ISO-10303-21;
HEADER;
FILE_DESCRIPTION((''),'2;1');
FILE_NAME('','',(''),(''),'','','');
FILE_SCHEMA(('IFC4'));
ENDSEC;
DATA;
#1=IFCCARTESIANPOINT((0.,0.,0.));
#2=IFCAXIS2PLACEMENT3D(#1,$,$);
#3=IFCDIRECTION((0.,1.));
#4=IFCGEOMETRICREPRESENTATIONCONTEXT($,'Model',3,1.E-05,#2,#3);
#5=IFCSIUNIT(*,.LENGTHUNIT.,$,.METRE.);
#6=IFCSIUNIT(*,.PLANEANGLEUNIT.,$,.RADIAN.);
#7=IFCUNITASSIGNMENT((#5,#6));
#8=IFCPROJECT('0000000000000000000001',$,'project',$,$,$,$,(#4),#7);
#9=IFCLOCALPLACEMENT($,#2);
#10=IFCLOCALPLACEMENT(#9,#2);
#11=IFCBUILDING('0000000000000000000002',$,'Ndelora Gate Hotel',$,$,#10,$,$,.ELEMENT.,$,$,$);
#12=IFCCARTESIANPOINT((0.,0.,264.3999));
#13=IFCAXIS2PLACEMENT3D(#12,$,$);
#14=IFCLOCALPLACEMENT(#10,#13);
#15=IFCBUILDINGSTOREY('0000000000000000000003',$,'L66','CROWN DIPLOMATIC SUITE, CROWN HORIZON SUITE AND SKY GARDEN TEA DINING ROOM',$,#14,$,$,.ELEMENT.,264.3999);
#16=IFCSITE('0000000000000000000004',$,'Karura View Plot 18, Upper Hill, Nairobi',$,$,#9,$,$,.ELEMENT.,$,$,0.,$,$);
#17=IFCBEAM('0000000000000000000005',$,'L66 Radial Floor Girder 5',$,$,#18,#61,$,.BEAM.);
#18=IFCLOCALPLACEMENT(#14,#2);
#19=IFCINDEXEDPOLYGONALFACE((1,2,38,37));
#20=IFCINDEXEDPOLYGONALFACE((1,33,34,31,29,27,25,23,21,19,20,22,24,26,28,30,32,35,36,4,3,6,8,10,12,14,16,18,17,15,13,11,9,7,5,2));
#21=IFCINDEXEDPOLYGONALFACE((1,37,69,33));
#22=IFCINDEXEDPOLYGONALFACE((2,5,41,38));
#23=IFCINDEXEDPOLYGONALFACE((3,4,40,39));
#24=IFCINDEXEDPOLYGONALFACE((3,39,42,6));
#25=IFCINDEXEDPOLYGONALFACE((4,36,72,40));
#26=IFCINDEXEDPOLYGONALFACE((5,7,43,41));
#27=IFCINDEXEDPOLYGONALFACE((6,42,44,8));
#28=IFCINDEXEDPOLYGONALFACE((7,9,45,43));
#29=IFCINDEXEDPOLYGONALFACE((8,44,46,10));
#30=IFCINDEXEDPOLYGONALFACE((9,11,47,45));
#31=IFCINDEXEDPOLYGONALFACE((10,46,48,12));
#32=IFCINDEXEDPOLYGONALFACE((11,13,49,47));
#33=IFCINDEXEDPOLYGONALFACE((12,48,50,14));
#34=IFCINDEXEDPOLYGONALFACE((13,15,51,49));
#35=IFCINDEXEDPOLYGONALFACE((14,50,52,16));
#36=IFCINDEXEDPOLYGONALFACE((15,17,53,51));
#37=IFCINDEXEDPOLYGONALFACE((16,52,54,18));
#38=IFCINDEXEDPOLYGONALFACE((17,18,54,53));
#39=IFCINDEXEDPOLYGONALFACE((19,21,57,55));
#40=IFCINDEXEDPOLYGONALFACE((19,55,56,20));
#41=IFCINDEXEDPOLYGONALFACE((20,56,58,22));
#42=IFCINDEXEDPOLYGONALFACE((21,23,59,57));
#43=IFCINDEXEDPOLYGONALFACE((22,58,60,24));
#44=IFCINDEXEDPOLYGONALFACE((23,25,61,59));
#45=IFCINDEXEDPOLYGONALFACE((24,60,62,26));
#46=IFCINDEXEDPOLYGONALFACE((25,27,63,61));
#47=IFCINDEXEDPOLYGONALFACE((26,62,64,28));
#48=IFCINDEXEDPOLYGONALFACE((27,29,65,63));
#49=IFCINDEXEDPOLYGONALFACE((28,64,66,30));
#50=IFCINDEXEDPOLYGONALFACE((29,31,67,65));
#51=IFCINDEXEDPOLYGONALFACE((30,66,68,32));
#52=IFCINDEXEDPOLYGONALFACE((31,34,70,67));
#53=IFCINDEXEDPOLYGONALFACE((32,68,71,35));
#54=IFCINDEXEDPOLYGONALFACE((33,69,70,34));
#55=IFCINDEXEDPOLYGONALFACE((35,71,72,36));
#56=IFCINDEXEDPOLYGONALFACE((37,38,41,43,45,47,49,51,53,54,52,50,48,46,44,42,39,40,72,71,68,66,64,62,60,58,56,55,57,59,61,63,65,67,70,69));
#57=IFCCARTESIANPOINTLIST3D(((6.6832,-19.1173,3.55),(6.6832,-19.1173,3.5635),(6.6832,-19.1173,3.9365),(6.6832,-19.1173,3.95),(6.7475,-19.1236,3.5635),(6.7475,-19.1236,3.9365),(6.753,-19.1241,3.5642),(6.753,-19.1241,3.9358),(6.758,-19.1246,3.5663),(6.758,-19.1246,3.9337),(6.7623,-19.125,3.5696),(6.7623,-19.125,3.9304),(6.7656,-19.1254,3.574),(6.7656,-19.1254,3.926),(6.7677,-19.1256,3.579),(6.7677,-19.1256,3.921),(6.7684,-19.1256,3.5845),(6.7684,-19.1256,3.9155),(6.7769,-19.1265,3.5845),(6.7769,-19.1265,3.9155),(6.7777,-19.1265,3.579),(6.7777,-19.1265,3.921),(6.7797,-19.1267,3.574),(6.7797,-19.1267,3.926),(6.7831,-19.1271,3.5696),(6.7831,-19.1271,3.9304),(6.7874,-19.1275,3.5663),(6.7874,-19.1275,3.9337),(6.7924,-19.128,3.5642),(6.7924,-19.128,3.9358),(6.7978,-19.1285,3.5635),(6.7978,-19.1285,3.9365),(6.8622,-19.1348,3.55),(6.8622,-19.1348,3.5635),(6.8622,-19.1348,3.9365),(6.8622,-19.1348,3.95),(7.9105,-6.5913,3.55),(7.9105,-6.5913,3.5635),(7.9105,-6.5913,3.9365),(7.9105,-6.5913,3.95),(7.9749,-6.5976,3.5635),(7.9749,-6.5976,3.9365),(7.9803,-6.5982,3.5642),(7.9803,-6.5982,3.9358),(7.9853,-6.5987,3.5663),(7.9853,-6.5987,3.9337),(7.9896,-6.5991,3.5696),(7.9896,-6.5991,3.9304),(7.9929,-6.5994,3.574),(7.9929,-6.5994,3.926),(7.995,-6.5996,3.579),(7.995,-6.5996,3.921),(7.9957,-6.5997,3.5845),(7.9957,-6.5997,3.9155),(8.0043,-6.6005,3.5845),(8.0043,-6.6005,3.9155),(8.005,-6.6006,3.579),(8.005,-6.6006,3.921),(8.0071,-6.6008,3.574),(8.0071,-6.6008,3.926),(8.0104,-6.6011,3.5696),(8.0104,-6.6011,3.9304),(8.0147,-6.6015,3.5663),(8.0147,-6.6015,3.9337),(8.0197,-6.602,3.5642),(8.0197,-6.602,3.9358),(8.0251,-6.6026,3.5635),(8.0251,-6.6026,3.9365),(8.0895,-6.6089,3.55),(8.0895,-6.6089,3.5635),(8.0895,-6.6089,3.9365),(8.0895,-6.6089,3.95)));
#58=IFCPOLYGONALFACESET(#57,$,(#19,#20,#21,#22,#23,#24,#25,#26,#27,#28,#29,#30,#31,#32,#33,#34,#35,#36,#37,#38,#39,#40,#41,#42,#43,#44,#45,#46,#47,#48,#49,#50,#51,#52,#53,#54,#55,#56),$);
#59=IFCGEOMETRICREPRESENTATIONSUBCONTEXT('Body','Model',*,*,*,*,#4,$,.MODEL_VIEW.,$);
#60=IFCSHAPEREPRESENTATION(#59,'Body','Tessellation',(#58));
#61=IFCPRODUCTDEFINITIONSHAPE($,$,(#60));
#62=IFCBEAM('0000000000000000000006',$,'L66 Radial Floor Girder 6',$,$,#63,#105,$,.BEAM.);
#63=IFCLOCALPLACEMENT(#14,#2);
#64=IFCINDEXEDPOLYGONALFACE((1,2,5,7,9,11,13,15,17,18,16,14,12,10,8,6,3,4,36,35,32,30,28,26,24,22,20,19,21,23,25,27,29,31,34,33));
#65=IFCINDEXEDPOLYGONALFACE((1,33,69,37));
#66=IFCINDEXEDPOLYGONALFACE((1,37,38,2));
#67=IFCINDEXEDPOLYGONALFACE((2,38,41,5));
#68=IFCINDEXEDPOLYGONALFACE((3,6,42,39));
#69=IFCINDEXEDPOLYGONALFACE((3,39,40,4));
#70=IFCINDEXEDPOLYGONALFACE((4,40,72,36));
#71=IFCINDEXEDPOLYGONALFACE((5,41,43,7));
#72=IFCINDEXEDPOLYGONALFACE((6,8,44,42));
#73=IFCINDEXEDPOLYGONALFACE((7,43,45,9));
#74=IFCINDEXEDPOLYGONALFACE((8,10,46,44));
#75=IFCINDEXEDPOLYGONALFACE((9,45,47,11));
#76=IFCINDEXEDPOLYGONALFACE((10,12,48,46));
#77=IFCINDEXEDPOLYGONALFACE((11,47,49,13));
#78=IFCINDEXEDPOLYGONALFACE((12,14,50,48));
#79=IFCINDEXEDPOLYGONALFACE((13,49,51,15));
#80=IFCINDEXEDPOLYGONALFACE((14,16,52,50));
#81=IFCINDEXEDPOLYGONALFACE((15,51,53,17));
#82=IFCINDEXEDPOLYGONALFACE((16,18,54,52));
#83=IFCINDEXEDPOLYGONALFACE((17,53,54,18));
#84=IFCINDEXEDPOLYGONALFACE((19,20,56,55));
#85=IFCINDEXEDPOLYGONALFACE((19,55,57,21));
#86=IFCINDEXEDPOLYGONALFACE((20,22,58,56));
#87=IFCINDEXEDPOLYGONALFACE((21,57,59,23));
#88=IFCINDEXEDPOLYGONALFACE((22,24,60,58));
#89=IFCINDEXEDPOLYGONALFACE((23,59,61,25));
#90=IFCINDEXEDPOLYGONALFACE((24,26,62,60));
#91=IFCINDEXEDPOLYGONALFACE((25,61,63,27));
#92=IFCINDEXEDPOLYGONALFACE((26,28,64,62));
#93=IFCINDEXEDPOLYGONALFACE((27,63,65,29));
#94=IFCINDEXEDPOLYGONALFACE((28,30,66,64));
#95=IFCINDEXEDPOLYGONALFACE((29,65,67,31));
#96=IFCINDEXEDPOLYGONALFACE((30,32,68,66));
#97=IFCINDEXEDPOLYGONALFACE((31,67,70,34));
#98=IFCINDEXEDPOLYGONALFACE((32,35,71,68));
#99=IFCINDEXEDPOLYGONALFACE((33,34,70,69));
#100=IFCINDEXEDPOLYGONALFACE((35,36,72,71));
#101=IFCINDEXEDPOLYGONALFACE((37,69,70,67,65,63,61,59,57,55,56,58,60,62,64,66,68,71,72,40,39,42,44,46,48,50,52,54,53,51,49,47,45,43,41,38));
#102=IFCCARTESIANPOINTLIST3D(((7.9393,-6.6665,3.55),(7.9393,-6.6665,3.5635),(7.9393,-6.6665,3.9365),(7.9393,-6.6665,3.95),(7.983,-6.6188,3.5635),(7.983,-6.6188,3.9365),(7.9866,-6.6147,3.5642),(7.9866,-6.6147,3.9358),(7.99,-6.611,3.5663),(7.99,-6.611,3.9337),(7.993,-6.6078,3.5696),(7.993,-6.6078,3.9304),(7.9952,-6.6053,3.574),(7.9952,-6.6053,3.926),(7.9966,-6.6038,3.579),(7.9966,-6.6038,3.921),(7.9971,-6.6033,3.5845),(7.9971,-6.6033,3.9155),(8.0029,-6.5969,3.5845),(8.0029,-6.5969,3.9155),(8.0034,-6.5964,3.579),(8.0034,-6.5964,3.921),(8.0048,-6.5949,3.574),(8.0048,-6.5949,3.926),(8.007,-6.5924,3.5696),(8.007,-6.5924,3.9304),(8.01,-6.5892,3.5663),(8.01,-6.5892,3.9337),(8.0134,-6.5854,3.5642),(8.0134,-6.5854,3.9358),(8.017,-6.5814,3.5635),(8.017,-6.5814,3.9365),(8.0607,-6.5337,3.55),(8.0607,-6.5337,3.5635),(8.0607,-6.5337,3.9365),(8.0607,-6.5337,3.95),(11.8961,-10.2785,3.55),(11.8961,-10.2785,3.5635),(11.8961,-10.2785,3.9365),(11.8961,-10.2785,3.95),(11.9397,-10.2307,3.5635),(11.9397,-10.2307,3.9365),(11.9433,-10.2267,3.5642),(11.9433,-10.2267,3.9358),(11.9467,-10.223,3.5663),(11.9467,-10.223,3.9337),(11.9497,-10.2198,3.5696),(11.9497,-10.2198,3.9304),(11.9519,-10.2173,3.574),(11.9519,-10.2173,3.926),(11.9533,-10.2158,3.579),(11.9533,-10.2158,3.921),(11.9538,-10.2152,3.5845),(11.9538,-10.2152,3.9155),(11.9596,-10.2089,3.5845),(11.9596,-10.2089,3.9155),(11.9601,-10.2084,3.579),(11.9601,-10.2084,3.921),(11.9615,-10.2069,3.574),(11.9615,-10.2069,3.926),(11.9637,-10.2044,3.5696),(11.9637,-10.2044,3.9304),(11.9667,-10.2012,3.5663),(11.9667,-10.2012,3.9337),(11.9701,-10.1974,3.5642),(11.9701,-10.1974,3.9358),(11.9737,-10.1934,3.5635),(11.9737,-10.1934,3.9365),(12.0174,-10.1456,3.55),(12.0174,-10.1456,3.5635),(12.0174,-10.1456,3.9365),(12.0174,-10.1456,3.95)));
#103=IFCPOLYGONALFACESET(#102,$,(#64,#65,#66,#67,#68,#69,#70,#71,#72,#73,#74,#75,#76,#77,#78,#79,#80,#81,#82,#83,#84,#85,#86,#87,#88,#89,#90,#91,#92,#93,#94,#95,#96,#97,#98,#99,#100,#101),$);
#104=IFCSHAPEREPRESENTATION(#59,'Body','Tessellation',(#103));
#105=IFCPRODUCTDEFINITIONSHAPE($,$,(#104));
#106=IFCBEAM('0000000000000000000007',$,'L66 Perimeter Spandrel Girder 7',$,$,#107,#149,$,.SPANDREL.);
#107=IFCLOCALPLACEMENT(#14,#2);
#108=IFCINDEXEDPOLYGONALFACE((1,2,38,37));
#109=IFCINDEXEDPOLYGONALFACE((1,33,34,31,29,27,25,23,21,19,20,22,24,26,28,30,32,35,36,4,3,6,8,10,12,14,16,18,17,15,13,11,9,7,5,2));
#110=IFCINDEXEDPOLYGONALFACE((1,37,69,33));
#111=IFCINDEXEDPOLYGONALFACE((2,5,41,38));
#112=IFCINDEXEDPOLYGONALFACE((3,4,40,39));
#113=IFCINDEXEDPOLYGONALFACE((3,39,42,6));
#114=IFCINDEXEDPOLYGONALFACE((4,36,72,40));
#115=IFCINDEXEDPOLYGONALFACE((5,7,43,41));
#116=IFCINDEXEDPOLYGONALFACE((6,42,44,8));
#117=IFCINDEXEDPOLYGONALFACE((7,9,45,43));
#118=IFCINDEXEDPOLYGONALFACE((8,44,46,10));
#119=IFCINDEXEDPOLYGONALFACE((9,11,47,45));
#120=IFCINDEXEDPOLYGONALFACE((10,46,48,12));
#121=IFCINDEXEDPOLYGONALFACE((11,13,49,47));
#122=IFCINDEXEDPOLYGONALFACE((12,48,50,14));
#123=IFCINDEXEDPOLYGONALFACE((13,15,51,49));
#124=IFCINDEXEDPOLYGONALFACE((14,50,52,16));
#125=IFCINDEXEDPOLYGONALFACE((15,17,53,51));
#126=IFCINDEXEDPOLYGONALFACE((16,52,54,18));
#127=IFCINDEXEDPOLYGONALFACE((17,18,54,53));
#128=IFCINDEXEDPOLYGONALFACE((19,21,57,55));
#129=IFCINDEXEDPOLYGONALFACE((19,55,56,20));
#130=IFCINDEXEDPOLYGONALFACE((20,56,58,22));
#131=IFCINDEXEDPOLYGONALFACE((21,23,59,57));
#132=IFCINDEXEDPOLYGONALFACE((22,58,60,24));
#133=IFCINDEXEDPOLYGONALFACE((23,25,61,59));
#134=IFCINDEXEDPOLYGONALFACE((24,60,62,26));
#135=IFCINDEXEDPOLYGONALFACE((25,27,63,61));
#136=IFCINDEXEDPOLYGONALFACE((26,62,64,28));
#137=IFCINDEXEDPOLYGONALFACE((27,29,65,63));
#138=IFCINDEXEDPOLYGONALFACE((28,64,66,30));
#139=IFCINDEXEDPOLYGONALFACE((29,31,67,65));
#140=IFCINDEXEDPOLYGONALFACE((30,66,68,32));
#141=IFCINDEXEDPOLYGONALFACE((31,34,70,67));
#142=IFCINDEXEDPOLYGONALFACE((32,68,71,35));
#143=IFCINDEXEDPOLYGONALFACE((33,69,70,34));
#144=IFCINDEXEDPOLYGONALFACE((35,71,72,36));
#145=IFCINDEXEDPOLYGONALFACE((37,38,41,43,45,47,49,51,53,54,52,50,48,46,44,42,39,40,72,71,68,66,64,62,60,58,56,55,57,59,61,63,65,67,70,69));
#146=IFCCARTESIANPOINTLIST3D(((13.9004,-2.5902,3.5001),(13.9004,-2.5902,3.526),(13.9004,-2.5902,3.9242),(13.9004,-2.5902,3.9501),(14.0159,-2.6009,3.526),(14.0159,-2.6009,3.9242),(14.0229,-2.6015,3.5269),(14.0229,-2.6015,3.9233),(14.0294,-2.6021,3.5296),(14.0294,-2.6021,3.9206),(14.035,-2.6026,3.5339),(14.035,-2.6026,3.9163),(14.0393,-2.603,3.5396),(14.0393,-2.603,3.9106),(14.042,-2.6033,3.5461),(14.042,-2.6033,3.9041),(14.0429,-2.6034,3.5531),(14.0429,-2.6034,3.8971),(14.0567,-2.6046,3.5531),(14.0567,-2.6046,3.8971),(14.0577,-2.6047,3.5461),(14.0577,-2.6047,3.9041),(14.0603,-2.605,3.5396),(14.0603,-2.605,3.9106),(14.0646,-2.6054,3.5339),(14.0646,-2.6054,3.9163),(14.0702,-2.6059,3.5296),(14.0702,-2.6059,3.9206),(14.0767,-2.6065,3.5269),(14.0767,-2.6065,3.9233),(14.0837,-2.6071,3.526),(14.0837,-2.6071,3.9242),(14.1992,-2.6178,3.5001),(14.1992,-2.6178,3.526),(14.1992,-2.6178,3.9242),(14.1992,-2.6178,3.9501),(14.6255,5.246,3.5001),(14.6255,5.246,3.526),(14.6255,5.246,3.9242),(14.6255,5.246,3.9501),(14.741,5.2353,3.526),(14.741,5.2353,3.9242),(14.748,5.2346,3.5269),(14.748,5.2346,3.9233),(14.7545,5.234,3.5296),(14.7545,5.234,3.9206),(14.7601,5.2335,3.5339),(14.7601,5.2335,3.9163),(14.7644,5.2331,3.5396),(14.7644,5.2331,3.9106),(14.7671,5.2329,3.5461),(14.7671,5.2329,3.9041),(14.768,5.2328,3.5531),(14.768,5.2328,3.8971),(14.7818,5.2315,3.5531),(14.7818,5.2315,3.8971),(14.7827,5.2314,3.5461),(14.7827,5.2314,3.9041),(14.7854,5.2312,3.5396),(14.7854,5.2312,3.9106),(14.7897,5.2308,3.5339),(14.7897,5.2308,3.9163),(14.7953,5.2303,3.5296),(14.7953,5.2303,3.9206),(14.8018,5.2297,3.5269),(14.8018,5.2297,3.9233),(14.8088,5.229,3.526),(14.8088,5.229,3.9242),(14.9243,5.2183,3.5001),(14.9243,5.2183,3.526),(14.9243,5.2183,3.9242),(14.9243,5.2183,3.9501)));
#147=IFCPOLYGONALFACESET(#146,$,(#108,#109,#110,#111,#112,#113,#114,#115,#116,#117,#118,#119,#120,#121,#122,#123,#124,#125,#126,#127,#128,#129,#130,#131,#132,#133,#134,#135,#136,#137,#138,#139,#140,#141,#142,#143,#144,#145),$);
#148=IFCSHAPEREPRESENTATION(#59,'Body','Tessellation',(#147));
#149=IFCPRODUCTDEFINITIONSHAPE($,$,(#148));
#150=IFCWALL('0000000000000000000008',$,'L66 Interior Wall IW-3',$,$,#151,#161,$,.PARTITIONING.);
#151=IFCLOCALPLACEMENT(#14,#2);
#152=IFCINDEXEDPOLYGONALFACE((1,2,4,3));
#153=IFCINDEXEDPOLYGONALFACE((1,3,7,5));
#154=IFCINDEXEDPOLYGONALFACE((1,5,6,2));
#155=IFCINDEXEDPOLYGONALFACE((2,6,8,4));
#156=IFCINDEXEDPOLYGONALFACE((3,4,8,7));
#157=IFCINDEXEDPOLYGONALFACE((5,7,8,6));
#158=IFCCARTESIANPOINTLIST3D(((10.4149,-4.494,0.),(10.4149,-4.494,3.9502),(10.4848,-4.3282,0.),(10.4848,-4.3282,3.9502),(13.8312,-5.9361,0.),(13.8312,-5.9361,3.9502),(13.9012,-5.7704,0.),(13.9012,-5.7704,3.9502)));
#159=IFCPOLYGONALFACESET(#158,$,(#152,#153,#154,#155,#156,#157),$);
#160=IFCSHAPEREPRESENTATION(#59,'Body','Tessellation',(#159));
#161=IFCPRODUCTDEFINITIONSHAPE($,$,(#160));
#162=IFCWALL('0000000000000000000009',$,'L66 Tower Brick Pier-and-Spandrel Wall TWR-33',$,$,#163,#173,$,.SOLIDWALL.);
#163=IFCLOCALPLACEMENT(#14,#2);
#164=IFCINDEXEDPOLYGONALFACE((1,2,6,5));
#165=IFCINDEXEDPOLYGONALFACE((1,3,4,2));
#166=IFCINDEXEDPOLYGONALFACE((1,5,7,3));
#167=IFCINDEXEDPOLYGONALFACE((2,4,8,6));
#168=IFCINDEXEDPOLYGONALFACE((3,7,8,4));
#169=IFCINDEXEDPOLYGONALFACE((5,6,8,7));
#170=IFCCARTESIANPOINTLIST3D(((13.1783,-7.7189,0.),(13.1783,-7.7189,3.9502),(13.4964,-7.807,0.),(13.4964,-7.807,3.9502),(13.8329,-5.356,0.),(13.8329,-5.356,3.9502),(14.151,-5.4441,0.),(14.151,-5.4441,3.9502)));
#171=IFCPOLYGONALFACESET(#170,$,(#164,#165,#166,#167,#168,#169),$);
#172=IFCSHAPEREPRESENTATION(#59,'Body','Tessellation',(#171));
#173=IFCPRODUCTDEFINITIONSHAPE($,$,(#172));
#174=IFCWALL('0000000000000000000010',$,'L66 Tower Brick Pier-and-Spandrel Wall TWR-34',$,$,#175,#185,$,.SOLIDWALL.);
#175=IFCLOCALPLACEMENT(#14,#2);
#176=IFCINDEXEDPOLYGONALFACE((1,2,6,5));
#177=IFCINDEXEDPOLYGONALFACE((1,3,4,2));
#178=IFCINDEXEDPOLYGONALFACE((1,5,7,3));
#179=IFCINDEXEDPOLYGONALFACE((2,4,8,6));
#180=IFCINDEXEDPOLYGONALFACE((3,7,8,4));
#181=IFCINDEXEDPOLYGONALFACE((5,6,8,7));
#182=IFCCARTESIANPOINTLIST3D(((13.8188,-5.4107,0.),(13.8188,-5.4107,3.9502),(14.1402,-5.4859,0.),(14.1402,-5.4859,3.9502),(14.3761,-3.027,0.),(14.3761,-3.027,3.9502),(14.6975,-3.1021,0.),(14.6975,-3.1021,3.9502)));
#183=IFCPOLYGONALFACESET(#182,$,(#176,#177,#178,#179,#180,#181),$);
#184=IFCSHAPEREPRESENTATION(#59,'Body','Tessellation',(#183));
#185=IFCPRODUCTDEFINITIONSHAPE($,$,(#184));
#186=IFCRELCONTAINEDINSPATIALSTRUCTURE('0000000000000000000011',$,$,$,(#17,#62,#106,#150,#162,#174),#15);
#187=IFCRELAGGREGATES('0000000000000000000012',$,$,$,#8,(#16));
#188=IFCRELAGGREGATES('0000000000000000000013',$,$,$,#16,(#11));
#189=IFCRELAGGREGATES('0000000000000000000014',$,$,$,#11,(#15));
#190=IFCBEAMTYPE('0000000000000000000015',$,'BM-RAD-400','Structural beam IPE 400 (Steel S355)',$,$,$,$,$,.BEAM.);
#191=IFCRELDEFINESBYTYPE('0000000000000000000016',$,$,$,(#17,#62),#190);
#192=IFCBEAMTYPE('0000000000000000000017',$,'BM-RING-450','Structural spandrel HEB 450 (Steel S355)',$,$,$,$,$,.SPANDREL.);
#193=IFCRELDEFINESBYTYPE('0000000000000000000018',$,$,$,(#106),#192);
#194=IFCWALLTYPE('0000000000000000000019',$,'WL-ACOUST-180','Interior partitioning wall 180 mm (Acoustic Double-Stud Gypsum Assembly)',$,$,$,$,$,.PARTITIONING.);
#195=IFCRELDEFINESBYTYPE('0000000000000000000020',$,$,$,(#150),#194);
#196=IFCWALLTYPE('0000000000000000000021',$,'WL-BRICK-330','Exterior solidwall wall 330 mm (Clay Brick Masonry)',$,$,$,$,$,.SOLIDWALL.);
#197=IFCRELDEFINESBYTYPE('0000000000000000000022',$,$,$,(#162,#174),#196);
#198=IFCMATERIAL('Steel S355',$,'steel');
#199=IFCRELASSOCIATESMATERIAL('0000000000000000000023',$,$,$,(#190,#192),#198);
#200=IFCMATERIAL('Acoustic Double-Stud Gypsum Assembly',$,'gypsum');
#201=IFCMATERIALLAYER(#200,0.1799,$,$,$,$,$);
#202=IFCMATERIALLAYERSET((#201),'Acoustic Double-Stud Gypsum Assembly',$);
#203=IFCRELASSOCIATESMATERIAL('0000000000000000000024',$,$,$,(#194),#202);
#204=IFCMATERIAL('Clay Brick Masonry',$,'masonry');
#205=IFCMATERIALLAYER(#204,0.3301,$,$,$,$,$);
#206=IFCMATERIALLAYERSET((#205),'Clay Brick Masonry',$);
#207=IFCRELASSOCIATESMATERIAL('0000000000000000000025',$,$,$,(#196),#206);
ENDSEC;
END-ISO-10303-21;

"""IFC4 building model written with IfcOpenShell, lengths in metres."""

from ifc_helpers import new_model, si_unit, direction, frame, frame_2d, origin, origin_2d, place, context, subcontext, project, spatial, rectangle, i_section, extrude, material, layer, layer_set, material_profile, profile_set, type_object, element, save


model = new_model("IFC4")

# Units and contexts
model_context = context("Model", 3, precision=1e-05, world=origin(), true_north=direction((0.0, 1.0)))
body_context = subcontext(model_context, "Body", "Model", "MODEL_VIEW")
ifc_project = project(units=[si_unit("LENGTHUNIT", "METRE"), si_unit("PLANEANGLEUNIT", "RADIAN")], contexts=[model_context])

# Site, building, storey
site_placement = place(None, origin())
site = spatial("IfcSite", under=ifc_project, at=site_placement, Name="Karura View Plot 18, Upper Hill, Nairobi", CompositionType="ELEMENT", RefElevation=0.0)
building_placement = place(site_placement, origin())
building = spatial("IfcBuilding", under=site, at=building_placement, Name="Ndelora Gate Hotel", CompositionType="ELEMENT")
storey_placement = place(building_placement, frame((0.0, 0.0, 264.3999)))
storey = spatial("IfcBuildingStorey", under=building, at=storey_placement, Name="L66", Description="CROWN DIPLOMATIC SUITE, CROWN HORIZON SUITE AND SKY GARDEN TEA DINING ROOM", CompositionType="ELEMENT", Elevation=264.3999)

# Beams
ifc_material_1 = material(Name="Steel S355", Category="steel")
ifc_material_profile_1 = material_profile(ifc_material_1, i_section(OverallWidth=0.1799, OverallDepth=0.3999, WebThickness=0.0085, FlangeThickness=0.0134, FilletRadius=0.021, at=origin_2d()), Name="IPE 400")
ifc_profile_set_1 = profile_set([ifc_material_profile_1], Name="Steel S355")
beam_type_1 = type_object("IfcBeamType", Name="BM-RAD-400", Description="Structural beam IPE 400 (Steel S355)", PredefinedType="BEAM", material=ifc_profile_set_1)
beam_1_placement = place(storey_placement, frame((8.0, -6.6001, 3.75), z_axis=(-0.097514, -0.995234, 0.0), x_axis=(0.995234, -0.097514, 0.0)))
element("IfcBeam", 1, at=beam_1_placement, inside=storey, type_object=beam_type_1, Name="L66 Radial Floor Girder 5", PredefinedType="BEAM", context=body_context, shape_type="SweptSolid", body=[
    extrude(i_section(OverallWidth=0.1799, OverallDepth=0.3999, WebThickness=0.0085, FlangeThickness=0.0134, FilletRadius=0.021, at=origin_2d()), origin(), (0.0, 0.0, 1.0), 12.5859),
])
beam_2_placement = place(storey_placement, frame((8.0, -6.6001, 3.75), z_axis=(0.738547, -0.674202, 0.0), x_axis=(0.674202, 0.738547, 0.0)))
element("IfcBeam", 2, at=beam_2_placement, inside=storey, type_object=beam_type_1, Name="L66 Radial Floor Girder 6", PredefinedType="BEAM", context=body_context, shape_type="SweptSolid", body=[
    extrude(i_section(OverallWidth=0.1799, OverallDepth=0.3999, WebThickness=0.0085, FlangeThickness=0.0134, FilletRadius=0.021, at=origin_2d()), origin(), (0.0, 0.0, 1.0), 5.3574),
])
ifc_material_profile_2 = material_profile(ifc_material_1, i_section(OverallWidth=0.3, OverallDepth=0.45, WebThickness=0.0139, FlangeThickness=0.0259, FilletRadius=0.0271, at=origin_2d()), Name="HEB 450")
ifc_profile_set_2 = profile_set([ifc_material_profile_2], Name="Steel S355")
beam_type_2 = type_object("IfcBeamType", Name="BM-RING-450", Description="Structural spandrel HEB 450 (Steel S355)", PredefinedType="SPANDREL", material=ifc_profile_set_2)
beam_3_placement = place(storey_placement, frame((14.0498, -2.604, 3.7251), z_axis=(0.092138, 0.995746, 0.0), x_axis=(-0.995746, 0.092138, 0.0)))
element("IfcBeam", 3, at=beam_3_placement, inside=storey, type_object=beam_type_2, Name="L66 Perimeter Spandrel Girder 7", PredefinedType="SPANDREL", context=body_context, shape_type="SweptSolid", body=[
    extrude(i_section(OverallWidth=0.3, OverallDepth=0.45, WebThickness=0.0139, FlangeThickness=0.0259, FilletRadius=0.0271, at=origin_2d()), origin(), (0.0, 0.0, 1.0), 7.8696),
])

# Walls
ifc_material_2 = material(Name="Acoustic Double-Stud Gypsum Assembly", Category="gypsum")
ifc_layer_1 = layer(ifc_material_2, 0.1799)
ifc_layer_set_1 = layer_set([ifc_layer_1], Name="Acoustic Double-Stud Gypsum Assembly")
wall_type_1 = type_object("IfcWallType", Name="WL-ACOUST-180", Description="Interior partitioning wall 180 mm (Acoustic Double-Stud Gypsum Assembly)", PredefinedType="PARTITIONING", material=ifc_layer_set_1)
wall_1_placement = place(storey_placement, frame((10.45, -4.4111, 0.0), z_axis=(0.0, 0.0, 1.0), x_axis=(0.921277, -0.388907, 0.0)))
element("IfcWall", 4, at=wall_1_placement, inside=storey, type_object=wall_type_1, Name="L66 Interior Wall IW-3", PredefinedType="PARTITIONING", context=body_context, shape_type="SweptSolid", body=[
    extrude(rectangle(XDim=3.7083, YDim=0.1799, at=frame_2d((1.854, 0.0))), origin(), (0.0, 0.0, 1.0), 3.9502),
])
ifc_material_3 = material(Name="Clay Brick Masonry", Category="masonry")
ifc_layer_2 = layer(ifc_material_3, 0.3301)
ifc_layer_set_2 = layer_set([ifc_layer_2], Name="Clay Brick Masonry")
wall_type_2 = type_object("IfcWallType", Name="WL-BRICK-330", Description="Exterior solidwall wall 330 mm (Clay Brick Masonry)", PredefinedType="SOLIDWALL", material=ifc_layer_set_2)
wall_2_placement = place(storey_placement, frame((13.9919, -5.3999, 0.0), z_axis=(0.0, 0.0, 1.0), x_axis=(-0.26694, -0.963713, 0.0)))
element("IfcWall", 5, at=wall_2_placement, inside=storey, type_object=wall_type_2, Name="L66 Tower Brick Pier-and-Spandrel Wall TWR-33", PredefinedType="SOLIDWALL", context=body_context, shape_type="SweptSolid", body=[
    extrude(rectangle(XDim=2.4519, YDim=0.3301, at=frame_2d((1.2261, 0.0))), origin(), (0.0, 0.0, 1.0), 3.9502),
])
wall_3_placement = place(storey_placement, frame((14.5369, -3.0645, 0.0), z_axis=(0.0, 0.0, 1.0), x_axis=(-0.227677, -0.973737, 0.0)))
element("IfcWall", 6, at=wall_3_placement, inside=storey, type_object=wall_type_2, Name="L66 Tower Brick Pier-and-Spandrel Wall TWR-34", PredefinedType="SOLIDWALL", context=body_context, shape_type="SweptSolid", body=[
    extrude(rectangle(XDim=2.448, YDim=0.3301, at=frame_2d((1.2241, 0.0))), origin(), (0.0, 0.0, 1.0), 3.9502),
])

save(model, "model.ifc")
